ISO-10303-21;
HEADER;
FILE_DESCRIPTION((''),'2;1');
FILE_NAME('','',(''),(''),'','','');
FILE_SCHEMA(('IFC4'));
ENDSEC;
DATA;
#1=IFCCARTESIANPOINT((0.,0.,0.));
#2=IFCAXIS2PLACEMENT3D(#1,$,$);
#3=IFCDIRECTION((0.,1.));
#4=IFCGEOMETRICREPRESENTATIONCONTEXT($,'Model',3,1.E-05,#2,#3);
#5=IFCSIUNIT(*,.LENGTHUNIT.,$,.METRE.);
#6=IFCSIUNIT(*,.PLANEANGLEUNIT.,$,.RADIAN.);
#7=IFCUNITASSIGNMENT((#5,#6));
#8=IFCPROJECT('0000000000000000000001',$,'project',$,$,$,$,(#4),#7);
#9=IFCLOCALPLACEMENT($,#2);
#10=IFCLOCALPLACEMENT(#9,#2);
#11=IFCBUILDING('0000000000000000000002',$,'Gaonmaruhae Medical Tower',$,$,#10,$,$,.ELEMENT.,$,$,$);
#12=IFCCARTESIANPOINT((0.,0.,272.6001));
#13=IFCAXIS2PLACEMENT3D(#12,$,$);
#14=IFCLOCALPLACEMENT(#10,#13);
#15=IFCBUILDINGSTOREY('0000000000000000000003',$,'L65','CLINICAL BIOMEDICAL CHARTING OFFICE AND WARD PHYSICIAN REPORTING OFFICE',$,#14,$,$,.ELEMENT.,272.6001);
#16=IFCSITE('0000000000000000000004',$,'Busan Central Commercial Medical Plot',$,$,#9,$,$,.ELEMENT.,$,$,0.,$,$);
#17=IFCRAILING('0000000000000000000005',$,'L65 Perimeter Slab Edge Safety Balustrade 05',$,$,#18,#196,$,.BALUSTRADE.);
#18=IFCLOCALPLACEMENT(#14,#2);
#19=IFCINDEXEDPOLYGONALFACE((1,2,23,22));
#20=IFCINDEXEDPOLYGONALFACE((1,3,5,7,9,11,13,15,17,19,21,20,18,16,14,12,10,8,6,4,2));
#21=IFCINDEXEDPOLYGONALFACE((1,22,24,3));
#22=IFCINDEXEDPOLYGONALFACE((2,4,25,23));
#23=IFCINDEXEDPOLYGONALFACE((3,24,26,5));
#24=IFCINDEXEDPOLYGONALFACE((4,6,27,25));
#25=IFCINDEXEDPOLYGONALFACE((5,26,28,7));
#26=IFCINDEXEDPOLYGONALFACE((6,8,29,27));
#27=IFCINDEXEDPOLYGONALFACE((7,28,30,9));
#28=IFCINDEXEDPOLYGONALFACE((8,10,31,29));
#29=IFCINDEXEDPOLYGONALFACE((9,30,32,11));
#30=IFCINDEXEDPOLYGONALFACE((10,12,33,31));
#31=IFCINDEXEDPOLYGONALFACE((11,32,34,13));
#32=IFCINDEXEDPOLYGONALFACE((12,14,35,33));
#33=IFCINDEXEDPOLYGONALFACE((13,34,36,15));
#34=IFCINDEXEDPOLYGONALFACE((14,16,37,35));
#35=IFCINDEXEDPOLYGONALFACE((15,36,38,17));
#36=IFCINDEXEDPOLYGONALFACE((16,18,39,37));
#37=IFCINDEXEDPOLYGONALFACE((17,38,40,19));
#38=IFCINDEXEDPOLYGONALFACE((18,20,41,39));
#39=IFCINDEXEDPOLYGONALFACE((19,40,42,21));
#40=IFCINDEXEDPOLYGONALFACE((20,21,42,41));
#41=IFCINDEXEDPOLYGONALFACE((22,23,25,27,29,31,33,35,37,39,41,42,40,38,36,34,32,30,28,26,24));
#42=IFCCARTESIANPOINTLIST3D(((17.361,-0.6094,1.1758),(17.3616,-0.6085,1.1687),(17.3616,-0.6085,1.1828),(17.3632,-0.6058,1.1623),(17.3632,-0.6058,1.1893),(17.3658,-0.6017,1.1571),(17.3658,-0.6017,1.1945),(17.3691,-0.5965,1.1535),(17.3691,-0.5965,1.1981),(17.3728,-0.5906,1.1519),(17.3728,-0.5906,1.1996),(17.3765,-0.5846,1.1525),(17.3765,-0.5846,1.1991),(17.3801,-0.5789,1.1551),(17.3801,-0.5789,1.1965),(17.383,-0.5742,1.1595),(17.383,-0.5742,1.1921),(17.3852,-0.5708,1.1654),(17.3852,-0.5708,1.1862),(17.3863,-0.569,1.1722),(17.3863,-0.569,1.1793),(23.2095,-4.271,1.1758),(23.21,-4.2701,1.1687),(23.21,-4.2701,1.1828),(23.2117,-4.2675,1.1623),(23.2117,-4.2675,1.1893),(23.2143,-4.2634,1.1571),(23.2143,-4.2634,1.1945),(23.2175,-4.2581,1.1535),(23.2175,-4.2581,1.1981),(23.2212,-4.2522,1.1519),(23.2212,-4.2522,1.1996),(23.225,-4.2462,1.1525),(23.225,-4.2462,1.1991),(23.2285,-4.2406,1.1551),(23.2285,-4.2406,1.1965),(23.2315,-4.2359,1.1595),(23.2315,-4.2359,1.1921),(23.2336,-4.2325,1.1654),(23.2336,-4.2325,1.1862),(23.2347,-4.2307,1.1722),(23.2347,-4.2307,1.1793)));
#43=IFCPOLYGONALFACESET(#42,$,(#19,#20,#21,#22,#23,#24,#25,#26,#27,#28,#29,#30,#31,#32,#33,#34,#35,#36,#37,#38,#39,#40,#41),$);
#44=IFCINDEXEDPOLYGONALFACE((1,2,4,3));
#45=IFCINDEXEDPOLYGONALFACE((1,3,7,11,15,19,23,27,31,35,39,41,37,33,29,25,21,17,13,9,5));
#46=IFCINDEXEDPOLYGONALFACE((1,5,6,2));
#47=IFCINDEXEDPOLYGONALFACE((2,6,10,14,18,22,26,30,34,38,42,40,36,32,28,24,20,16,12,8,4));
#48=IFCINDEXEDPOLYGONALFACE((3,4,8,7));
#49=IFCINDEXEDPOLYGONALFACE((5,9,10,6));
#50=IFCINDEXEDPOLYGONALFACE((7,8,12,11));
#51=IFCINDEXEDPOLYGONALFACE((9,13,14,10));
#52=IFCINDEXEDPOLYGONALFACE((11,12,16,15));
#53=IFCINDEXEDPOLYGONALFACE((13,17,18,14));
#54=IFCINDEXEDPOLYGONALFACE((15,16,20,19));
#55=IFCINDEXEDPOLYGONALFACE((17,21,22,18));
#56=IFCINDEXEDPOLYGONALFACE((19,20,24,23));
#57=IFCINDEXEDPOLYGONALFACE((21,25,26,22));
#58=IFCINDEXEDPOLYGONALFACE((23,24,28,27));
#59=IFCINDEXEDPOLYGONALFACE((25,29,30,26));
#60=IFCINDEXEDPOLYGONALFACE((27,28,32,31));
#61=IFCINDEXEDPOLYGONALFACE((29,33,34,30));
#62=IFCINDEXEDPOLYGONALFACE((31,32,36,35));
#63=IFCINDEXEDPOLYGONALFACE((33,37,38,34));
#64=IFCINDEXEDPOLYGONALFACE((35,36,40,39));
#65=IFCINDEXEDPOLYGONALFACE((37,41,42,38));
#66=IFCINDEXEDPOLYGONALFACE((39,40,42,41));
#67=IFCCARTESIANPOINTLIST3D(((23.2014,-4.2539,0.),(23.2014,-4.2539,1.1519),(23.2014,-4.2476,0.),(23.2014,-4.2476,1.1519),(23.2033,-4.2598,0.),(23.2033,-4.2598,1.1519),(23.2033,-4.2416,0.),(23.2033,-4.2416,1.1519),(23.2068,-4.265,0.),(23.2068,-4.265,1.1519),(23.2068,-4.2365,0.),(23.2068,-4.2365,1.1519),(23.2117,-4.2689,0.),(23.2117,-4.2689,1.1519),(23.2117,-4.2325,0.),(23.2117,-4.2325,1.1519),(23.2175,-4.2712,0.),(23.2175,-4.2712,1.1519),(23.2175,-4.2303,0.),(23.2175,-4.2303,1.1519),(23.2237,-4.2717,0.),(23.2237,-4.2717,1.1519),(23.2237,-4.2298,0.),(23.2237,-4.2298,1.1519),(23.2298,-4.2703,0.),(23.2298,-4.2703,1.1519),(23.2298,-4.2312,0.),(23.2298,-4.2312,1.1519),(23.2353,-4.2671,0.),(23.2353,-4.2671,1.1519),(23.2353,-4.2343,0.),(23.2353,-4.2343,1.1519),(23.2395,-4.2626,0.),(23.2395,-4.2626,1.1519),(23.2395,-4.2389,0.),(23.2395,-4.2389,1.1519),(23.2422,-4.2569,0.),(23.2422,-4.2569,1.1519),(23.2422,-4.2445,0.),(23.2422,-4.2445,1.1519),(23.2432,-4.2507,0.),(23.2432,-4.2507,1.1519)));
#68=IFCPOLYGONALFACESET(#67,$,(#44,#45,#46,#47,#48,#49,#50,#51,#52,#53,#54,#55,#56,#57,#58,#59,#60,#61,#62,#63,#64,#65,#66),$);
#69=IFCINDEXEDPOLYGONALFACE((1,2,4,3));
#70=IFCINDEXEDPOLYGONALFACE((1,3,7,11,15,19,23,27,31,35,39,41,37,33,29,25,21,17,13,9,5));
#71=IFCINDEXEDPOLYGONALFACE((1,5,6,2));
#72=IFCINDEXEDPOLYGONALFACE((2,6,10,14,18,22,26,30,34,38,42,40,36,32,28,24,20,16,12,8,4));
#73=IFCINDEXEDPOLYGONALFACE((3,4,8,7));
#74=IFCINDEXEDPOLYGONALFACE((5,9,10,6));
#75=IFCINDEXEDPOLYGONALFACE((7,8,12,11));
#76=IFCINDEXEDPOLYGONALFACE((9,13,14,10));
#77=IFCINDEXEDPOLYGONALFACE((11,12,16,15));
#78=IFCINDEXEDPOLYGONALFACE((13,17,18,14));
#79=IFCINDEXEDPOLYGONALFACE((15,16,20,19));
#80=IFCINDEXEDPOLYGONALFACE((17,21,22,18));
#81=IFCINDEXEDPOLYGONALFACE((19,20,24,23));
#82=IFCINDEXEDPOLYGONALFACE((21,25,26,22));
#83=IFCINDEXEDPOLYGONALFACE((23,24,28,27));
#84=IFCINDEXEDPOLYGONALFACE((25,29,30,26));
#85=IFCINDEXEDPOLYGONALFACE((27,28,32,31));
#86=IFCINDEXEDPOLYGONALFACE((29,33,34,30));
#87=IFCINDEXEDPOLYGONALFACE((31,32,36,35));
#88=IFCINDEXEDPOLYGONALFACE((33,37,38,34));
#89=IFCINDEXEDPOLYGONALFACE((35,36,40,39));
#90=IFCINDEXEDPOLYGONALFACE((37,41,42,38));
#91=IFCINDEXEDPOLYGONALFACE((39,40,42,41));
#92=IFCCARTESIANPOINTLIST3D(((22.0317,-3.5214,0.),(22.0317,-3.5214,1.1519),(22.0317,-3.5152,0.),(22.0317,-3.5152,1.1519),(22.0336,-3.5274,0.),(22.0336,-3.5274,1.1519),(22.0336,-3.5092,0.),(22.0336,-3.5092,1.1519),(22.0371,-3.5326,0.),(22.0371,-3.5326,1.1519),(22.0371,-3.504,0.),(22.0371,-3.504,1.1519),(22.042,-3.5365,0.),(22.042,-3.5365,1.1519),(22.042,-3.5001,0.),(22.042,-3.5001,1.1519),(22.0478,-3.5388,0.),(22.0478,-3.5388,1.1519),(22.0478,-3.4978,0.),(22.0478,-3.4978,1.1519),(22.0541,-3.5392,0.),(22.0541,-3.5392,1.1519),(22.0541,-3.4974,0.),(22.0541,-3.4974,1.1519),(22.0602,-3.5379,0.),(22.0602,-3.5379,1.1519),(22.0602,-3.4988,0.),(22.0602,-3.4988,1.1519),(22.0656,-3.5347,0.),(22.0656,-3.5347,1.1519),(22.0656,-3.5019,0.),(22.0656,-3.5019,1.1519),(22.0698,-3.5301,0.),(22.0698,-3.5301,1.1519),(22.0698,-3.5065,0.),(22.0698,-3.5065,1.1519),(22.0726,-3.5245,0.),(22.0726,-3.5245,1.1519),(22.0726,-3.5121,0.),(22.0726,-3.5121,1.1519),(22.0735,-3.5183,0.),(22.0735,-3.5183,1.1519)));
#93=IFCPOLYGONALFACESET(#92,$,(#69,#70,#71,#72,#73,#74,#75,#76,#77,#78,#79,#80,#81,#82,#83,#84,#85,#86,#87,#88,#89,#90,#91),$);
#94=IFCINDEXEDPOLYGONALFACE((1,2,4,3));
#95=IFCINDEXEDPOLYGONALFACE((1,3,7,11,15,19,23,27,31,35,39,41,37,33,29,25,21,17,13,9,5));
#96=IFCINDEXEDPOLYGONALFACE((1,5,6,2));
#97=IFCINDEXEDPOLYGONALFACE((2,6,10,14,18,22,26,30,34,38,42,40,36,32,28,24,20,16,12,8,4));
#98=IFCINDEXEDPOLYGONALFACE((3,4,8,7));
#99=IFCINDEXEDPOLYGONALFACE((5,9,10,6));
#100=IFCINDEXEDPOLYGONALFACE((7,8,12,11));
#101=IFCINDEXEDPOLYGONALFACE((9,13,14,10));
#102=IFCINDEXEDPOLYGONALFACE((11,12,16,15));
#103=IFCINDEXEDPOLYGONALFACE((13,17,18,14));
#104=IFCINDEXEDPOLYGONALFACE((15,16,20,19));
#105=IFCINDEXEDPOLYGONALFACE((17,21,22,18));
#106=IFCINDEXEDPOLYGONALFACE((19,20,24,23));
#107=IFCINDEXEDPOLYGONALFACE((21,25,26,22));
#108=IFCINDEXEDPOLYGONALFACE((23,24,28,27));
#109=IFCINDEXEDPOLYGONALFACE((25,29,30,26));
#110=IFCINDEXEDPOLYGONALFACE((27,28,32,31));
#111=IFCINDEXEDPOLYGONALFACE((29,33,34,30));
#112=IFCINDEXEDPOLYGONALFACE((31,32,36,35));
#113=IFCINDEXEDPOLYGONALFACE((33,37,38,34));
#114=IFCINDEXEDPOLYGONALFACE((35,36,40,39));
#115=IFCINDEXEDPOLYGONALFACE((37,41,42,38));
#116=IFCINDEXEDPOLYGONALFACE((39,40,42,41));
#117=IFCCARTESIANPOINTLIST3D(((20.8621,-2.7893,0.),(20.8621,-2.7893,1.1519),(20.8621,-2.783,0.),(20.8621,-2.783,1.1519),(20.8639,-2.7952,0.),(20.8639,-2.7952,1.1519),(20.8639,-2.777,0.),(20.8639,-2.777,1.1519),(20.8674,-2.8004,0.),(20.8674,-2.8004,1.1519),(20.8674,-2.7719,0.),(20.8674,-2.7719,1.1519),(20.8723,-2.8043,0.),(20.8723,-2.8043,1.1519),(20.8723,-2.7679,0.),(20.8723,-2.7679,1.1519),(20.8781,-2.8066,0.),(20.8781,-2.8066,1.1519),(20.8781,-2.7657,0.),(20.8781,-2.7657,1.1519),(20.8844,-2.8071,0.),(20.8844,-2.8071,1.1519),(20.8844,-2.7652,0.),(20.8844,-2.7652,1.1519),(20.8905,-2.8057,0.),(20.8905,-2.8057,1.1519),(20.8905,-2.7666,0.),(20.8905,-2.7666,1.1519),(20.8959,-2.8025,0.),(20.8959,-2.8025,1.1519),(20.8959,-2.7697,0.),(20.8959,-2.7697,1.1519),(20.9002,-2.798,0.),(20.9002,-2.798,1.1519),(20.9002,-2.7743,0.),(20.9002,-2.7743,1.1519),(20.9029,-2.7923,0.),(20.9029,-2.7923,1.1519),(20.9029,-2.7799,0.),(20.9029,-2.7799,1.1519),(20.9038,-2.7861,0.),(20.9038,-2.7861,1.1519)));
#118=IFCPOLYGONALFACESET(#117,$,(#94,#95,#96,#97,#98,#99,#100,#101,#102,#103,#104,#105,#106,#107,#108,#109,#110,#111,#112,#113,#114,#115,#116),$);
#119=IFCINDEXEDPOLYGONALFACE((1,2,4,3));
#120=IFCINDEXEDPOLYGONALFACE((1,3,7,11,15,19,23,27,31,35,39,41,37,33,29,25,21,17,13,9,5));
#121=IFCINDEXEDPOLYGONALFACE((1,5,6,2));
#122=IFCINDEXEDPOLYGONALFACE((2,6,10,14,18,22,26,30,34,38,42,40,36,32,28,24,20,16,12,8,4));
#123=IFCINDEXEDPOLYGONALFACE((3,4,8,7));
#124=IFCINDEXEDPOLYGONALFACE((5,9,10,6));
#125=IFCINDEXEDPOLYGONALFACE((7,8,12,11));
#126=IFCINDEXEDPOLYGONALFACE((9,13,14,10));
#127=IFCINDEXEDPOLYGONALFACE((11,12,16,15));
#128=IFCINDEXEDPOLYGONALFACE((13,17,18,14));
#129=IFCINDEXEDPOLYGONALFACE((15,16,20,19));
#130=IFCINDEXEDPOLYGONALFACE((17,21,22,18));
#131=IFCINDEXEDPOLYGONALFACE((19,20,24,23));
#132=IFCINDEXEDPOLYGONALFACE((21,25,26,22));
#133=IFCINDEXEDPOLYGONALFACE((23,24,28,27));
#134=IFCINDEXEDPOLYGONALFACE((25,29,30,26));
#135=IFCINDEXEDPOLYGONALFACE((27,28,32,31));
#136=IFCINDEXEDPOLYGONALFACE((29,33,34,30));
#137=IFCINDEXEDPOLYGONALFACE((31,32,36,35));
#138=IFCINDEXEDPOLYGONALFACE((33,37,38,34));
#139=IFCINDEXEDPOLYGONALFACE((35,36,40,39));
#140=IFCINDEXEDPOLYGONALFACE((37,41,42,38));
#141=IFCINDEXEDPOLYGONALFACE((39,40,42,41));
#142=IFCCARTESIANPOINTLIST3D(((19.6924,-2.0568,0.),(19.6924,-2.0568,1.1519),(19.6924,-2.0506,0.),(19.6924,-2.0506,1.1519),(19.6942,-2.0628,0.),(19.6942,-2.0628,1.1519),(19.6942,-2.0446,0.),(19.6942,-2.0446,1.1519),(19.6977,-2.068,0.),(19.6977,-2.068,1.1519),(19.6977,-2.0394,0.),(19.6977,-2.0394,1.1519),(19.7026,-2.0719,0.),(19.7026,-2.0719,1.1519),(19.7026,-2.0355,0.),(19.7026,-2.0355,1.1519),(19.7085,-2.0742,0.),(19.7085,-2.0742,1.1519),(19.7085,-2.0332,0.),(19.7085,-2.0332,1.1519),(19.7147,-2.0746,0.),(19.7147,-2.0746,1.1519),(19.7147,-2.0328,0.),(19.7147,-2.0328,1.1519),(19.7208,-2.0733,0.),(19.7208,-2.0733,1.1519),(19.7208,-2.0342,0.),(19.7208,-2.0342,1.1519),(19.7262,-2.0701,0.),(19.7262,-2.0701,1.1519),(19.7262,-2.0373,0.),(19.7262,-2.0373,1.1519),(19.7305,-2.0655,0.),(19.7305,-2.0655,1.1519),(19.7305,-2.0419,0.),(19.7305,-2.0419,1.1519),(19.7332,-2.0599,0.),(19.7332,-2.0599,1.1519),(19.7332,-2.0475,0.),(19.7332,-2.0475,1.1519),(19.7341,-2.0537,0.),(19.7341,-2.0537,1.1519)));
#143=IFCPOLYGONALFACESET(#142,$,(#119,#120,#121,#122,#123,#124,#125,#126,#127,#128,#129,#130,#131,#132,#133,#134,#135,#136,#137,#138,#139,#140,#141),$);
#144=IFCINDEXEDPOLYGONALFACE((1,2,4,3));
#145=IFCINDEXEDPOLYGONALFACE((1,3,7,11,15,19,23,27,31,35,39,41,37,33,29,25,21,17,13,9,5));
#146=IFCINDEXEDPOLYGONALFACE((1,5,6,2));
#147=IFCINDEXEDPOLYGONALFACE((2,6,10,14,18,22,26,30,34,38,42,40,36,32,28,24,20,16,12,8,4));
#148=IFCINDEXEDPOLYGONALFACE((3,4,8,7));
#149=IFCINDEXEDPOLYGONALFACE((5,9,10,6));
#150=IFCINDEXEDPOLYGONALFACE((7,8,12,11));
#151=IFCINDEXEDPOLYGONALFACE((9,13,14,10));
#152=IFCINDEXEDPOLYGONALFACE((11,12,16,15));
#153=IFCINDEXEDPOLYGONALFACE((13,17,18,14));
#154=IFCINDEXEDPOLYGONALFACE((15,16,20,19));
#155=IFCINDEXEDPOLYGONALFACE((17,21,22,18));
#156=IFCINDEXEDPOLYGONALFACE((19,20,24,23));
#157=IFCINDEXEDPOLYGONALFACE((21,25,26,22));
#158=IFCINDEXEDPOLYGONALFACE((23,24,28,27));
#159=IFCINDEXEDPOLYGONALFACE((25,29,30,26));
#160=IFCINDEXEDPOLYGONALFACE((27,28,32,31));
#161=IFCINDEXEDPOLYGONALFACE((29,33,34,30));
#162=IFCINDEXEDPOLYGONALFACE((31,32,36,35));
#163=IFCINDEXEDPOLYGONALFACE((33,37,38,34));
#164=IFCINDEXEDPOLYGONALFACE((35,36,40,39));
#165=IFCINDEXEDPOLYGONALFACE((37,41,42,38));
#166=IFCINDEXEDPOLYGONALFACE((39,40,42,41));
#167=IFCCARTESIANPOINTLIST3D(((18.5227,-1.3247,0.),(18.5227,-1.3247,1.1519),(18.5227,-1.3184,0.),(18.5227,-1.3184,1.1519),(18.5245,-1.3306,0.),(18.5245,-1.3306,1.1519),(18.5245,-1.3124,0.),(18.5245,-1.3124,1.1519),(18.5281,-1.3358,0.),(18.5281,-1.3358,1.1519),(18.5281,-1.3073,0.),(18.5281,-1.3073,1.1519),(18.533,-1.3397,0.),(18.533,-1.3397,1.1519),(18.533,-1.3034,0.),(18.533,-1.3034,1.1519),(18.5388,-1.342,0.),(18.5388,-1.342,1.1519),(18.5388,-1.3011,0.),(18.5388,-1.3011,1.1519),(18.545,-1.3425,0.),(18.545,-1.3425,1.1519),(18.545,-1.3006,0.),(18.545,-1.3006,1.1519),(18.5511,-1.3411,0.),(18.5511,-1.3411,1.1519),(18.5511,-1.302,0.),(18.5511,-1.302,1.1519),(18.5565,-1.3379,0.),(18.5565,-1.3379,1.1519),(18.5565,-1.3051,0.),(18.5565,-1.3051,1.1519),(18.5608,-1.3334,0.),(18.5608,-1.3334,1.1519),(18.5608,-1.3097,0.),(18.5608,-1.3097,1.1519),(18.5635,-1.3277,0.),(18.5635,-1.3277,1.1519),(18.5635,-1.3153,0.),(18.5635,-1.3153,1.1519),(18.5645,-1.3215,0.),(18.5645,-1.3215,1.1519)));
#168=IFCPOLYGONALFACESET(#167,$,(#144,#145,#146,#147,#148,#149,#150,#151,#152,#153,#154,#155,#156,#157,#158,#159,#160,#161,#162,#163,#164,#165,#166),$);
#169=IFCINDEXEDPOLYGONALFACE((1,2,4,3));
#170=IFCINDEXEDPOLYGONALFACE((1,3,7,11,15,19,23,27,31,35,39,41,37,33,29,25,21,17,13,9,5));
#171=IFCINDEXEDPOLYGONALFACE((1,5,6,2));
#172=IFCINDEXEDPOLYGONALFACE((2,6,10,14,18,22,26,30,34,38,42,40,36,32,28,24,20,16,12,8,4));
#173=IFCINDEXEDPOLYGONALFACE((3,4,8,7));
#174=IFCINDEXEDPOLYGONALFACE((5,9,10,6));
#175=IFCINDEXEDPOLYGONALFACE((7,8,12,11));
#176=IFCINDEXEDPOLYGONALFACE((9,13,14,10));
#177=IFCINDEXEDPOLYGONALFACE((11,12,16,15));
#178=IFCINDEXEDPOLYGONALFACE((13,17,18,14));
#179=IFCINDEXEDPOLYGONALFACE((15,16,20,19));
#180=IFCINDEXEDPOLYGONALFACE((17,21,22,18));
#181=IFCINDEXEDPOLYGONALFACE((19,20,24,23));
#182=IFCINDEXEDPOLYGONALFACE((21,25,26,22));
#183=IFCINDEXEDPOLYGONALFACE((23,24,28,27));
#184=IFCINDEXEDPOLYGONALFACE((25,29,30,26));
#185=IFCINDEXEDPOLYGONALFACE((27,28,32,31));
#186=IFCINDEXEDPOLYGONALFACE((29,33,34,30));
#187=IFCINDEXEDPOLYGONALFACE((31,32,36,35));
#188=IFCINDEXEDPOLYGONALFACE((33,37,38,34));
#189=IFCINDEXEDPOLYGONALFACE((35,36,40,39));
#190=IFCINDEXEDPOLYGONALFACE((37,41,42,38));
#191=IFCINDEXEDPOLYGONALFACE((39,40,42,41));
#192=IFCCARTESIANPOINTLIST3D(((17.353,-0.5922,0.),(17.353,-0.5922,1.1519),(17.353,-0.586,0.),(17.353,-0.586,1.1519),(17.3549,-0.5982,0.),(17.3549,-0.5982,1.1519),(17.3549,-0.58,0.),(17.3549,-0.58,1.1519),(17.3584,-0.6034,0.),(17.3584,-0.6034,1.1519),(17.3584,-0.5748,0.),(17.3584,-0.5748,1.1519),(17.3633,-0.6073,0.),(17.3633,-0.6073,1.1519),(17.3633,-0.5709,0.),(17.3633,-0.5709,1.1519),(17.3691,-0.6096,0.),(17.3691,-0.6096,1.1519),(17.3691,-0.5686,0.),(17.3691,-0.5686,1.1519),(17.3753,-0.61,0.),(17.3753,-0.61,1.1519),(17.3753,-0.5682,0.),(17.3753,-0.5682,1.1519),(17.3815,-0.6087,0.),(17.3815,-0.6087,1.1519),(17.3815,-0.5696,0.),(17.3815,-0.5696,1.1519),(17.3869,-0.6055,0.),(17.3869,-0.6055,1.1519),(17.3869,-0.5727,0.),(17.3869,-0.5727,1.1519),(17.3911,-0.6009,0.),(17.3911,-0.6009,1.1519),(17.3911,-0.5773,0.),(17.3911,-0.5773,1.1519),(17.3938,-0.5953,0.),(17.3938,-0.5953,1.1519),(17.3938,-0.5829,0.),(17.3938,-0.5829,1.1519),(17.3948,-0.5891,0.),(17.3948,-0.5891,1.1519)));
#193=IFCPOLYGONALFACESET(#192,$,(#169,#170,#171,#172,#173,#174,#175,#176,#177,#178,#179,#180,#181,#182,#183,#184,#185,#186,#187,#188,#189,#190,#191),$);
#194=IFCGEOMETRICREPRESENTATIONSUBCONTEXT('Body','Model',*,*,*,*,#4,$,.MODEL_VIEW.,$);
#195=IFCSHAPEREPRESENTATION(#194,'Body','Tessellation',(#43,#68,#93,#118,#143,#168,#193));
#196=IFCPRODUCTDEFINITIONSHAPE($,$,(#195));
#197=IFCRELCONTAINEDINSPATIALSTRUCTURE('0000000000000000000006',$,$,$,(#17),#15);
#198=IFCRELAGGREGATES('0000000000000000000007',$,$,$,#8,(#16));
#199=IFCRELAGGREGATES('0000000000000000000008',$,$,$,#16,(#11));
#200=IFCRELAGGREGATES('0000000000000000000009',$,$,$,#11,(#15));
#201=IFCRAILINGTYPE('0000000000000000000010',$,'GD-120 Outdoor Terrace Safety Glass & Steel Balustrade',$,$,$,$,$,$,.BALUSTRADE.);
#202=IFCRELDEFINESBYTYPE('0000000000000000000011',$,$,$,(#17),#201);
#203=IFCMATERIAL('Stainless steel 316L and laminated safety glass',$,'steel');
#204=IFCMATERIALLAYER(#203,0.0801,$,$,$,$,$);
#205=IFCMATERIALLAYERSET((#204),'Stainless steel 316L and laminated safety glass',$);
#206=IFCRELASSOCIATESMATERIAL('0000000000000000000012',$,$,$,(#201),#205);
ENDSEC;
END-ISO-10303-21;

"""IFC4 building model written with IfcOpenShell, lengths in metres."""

from ifc_helpers import new_model, si_unit, direction, frame, origin, origin_2d, place, context, subcontext, project, spatial, circle, extrude, material, layer, layer_set, type_object, element, save


model = new_model("IFC4")

# Units and contexts
model_context = context("Model", 3, precision=1e-05, world=origin(), true_north=direction((0.0, 1.0)))
body_context = subcontext(model_context, "Body", "Model", "MODEL_VIEW")
ifc_project = project(units=[si_unit("LENGTHUNIT", "METRE"), si_unit("PLANEANGLEUNIT", "RADIAN")], contexts=[model_context])

# Site, building, storey
site_placement = place(None, origin())
site = spatial("IfcSite", under=ifc_project, at=site_placement, Name="Busan Central Commercial Medical Plot", CompositionType="ELEMENT", RefElevation=0.0)
building_placement = place(site_placement, origin())
building = spatial("IfcBuilding", under=site, at=building_placement, Name="Gaonmaruhae Medical Tower", CompositionType="ELEMENT")
storey_placement = place(building_placement, frame((0.0, 0.0, 272.6001)))
storey = spatial("IfcBuildingStorey", under=building, at=storey_placement, Name="L65", Description="CLINICAL BIOMEDICAL CHARTING OFFICE AND WARD PHYSICIAN REPORTING OFFICE", CompositionType="ELEMENT", Elevation=272.6001)

# Railing
ifc_material_1 = material(Name="Stainless steel 316L and laminated safety glass", Category="steel")
ifc_layer_1 = layer(ifc_material_1, 0.0801)
ifc_layer_set_1 = layer_set([ifc_layer_1], Name="Stainless steel 316L and laminated safety glass")
railing_type = type_object("IfcRailingType", Name="GD-120 Outdoor Terrace Safety Glass & Steel Balustrade", PredefinedType="BALUSTRADE", material=ifc_layer_set_1)
railing_1_placement = place(storey_placement, frame((23.2222, -4.2507, 0.0)))
element("IfcRailing", 1, at=railing_1_placement, inside=storey, type_object=railing_type, Name="L65 Perimeter Slab Edge Safety Balustrade 05", PredefinedType="BALUSTRADE", context=body_context, shape_type="SweptSolid", body=[
    extrude(circle(Radius=0.0239, at=origin_2d()), frame((0.0, 0.0, 1.1758), z_axis=(-0.847583, 0.530663, 0.0), x_axis=(-0.530663, -0.847583, 0.0)), (0.0, 0.0, 1.0), 6.9001),
    extrude(circle(Radius=0.021, at=origin_2d()), origin(), (0.0, 0.0, 1.0), 1.1519),
    extrude(circle(Radius=0.021, at=origin_2d()), frame((-1.1697, 0.7324, 0.0)), (0.0, 0.0, 1.0), 1.1519),
    extrude(circle(Radius=0.021, at=origin_2d()), frame((-2.3394, 1.4646, 0.0)), (0.0, 0.0, 1.0), 1.1519),
    extrude(circle(Radius=0.021, at=origin_2d()), frame((-3.509, 2.197, 0.0)), (0.0, 0.0, 1.0), 1.1519),
    extrude(circle(Radius=0.021, at=origin_2d()), frame((-4.6787, 2.9292, 0.0)), (0.0, 0.0, 1.0), 1.1519),
    extrude(circle(Radius=0.021, at=origin_2d()), frame((-5.8484, 3.6616, 0.0)), (0.0, 0.0, 1.0), 1.1519),
])

save(model, "model.ifc")
